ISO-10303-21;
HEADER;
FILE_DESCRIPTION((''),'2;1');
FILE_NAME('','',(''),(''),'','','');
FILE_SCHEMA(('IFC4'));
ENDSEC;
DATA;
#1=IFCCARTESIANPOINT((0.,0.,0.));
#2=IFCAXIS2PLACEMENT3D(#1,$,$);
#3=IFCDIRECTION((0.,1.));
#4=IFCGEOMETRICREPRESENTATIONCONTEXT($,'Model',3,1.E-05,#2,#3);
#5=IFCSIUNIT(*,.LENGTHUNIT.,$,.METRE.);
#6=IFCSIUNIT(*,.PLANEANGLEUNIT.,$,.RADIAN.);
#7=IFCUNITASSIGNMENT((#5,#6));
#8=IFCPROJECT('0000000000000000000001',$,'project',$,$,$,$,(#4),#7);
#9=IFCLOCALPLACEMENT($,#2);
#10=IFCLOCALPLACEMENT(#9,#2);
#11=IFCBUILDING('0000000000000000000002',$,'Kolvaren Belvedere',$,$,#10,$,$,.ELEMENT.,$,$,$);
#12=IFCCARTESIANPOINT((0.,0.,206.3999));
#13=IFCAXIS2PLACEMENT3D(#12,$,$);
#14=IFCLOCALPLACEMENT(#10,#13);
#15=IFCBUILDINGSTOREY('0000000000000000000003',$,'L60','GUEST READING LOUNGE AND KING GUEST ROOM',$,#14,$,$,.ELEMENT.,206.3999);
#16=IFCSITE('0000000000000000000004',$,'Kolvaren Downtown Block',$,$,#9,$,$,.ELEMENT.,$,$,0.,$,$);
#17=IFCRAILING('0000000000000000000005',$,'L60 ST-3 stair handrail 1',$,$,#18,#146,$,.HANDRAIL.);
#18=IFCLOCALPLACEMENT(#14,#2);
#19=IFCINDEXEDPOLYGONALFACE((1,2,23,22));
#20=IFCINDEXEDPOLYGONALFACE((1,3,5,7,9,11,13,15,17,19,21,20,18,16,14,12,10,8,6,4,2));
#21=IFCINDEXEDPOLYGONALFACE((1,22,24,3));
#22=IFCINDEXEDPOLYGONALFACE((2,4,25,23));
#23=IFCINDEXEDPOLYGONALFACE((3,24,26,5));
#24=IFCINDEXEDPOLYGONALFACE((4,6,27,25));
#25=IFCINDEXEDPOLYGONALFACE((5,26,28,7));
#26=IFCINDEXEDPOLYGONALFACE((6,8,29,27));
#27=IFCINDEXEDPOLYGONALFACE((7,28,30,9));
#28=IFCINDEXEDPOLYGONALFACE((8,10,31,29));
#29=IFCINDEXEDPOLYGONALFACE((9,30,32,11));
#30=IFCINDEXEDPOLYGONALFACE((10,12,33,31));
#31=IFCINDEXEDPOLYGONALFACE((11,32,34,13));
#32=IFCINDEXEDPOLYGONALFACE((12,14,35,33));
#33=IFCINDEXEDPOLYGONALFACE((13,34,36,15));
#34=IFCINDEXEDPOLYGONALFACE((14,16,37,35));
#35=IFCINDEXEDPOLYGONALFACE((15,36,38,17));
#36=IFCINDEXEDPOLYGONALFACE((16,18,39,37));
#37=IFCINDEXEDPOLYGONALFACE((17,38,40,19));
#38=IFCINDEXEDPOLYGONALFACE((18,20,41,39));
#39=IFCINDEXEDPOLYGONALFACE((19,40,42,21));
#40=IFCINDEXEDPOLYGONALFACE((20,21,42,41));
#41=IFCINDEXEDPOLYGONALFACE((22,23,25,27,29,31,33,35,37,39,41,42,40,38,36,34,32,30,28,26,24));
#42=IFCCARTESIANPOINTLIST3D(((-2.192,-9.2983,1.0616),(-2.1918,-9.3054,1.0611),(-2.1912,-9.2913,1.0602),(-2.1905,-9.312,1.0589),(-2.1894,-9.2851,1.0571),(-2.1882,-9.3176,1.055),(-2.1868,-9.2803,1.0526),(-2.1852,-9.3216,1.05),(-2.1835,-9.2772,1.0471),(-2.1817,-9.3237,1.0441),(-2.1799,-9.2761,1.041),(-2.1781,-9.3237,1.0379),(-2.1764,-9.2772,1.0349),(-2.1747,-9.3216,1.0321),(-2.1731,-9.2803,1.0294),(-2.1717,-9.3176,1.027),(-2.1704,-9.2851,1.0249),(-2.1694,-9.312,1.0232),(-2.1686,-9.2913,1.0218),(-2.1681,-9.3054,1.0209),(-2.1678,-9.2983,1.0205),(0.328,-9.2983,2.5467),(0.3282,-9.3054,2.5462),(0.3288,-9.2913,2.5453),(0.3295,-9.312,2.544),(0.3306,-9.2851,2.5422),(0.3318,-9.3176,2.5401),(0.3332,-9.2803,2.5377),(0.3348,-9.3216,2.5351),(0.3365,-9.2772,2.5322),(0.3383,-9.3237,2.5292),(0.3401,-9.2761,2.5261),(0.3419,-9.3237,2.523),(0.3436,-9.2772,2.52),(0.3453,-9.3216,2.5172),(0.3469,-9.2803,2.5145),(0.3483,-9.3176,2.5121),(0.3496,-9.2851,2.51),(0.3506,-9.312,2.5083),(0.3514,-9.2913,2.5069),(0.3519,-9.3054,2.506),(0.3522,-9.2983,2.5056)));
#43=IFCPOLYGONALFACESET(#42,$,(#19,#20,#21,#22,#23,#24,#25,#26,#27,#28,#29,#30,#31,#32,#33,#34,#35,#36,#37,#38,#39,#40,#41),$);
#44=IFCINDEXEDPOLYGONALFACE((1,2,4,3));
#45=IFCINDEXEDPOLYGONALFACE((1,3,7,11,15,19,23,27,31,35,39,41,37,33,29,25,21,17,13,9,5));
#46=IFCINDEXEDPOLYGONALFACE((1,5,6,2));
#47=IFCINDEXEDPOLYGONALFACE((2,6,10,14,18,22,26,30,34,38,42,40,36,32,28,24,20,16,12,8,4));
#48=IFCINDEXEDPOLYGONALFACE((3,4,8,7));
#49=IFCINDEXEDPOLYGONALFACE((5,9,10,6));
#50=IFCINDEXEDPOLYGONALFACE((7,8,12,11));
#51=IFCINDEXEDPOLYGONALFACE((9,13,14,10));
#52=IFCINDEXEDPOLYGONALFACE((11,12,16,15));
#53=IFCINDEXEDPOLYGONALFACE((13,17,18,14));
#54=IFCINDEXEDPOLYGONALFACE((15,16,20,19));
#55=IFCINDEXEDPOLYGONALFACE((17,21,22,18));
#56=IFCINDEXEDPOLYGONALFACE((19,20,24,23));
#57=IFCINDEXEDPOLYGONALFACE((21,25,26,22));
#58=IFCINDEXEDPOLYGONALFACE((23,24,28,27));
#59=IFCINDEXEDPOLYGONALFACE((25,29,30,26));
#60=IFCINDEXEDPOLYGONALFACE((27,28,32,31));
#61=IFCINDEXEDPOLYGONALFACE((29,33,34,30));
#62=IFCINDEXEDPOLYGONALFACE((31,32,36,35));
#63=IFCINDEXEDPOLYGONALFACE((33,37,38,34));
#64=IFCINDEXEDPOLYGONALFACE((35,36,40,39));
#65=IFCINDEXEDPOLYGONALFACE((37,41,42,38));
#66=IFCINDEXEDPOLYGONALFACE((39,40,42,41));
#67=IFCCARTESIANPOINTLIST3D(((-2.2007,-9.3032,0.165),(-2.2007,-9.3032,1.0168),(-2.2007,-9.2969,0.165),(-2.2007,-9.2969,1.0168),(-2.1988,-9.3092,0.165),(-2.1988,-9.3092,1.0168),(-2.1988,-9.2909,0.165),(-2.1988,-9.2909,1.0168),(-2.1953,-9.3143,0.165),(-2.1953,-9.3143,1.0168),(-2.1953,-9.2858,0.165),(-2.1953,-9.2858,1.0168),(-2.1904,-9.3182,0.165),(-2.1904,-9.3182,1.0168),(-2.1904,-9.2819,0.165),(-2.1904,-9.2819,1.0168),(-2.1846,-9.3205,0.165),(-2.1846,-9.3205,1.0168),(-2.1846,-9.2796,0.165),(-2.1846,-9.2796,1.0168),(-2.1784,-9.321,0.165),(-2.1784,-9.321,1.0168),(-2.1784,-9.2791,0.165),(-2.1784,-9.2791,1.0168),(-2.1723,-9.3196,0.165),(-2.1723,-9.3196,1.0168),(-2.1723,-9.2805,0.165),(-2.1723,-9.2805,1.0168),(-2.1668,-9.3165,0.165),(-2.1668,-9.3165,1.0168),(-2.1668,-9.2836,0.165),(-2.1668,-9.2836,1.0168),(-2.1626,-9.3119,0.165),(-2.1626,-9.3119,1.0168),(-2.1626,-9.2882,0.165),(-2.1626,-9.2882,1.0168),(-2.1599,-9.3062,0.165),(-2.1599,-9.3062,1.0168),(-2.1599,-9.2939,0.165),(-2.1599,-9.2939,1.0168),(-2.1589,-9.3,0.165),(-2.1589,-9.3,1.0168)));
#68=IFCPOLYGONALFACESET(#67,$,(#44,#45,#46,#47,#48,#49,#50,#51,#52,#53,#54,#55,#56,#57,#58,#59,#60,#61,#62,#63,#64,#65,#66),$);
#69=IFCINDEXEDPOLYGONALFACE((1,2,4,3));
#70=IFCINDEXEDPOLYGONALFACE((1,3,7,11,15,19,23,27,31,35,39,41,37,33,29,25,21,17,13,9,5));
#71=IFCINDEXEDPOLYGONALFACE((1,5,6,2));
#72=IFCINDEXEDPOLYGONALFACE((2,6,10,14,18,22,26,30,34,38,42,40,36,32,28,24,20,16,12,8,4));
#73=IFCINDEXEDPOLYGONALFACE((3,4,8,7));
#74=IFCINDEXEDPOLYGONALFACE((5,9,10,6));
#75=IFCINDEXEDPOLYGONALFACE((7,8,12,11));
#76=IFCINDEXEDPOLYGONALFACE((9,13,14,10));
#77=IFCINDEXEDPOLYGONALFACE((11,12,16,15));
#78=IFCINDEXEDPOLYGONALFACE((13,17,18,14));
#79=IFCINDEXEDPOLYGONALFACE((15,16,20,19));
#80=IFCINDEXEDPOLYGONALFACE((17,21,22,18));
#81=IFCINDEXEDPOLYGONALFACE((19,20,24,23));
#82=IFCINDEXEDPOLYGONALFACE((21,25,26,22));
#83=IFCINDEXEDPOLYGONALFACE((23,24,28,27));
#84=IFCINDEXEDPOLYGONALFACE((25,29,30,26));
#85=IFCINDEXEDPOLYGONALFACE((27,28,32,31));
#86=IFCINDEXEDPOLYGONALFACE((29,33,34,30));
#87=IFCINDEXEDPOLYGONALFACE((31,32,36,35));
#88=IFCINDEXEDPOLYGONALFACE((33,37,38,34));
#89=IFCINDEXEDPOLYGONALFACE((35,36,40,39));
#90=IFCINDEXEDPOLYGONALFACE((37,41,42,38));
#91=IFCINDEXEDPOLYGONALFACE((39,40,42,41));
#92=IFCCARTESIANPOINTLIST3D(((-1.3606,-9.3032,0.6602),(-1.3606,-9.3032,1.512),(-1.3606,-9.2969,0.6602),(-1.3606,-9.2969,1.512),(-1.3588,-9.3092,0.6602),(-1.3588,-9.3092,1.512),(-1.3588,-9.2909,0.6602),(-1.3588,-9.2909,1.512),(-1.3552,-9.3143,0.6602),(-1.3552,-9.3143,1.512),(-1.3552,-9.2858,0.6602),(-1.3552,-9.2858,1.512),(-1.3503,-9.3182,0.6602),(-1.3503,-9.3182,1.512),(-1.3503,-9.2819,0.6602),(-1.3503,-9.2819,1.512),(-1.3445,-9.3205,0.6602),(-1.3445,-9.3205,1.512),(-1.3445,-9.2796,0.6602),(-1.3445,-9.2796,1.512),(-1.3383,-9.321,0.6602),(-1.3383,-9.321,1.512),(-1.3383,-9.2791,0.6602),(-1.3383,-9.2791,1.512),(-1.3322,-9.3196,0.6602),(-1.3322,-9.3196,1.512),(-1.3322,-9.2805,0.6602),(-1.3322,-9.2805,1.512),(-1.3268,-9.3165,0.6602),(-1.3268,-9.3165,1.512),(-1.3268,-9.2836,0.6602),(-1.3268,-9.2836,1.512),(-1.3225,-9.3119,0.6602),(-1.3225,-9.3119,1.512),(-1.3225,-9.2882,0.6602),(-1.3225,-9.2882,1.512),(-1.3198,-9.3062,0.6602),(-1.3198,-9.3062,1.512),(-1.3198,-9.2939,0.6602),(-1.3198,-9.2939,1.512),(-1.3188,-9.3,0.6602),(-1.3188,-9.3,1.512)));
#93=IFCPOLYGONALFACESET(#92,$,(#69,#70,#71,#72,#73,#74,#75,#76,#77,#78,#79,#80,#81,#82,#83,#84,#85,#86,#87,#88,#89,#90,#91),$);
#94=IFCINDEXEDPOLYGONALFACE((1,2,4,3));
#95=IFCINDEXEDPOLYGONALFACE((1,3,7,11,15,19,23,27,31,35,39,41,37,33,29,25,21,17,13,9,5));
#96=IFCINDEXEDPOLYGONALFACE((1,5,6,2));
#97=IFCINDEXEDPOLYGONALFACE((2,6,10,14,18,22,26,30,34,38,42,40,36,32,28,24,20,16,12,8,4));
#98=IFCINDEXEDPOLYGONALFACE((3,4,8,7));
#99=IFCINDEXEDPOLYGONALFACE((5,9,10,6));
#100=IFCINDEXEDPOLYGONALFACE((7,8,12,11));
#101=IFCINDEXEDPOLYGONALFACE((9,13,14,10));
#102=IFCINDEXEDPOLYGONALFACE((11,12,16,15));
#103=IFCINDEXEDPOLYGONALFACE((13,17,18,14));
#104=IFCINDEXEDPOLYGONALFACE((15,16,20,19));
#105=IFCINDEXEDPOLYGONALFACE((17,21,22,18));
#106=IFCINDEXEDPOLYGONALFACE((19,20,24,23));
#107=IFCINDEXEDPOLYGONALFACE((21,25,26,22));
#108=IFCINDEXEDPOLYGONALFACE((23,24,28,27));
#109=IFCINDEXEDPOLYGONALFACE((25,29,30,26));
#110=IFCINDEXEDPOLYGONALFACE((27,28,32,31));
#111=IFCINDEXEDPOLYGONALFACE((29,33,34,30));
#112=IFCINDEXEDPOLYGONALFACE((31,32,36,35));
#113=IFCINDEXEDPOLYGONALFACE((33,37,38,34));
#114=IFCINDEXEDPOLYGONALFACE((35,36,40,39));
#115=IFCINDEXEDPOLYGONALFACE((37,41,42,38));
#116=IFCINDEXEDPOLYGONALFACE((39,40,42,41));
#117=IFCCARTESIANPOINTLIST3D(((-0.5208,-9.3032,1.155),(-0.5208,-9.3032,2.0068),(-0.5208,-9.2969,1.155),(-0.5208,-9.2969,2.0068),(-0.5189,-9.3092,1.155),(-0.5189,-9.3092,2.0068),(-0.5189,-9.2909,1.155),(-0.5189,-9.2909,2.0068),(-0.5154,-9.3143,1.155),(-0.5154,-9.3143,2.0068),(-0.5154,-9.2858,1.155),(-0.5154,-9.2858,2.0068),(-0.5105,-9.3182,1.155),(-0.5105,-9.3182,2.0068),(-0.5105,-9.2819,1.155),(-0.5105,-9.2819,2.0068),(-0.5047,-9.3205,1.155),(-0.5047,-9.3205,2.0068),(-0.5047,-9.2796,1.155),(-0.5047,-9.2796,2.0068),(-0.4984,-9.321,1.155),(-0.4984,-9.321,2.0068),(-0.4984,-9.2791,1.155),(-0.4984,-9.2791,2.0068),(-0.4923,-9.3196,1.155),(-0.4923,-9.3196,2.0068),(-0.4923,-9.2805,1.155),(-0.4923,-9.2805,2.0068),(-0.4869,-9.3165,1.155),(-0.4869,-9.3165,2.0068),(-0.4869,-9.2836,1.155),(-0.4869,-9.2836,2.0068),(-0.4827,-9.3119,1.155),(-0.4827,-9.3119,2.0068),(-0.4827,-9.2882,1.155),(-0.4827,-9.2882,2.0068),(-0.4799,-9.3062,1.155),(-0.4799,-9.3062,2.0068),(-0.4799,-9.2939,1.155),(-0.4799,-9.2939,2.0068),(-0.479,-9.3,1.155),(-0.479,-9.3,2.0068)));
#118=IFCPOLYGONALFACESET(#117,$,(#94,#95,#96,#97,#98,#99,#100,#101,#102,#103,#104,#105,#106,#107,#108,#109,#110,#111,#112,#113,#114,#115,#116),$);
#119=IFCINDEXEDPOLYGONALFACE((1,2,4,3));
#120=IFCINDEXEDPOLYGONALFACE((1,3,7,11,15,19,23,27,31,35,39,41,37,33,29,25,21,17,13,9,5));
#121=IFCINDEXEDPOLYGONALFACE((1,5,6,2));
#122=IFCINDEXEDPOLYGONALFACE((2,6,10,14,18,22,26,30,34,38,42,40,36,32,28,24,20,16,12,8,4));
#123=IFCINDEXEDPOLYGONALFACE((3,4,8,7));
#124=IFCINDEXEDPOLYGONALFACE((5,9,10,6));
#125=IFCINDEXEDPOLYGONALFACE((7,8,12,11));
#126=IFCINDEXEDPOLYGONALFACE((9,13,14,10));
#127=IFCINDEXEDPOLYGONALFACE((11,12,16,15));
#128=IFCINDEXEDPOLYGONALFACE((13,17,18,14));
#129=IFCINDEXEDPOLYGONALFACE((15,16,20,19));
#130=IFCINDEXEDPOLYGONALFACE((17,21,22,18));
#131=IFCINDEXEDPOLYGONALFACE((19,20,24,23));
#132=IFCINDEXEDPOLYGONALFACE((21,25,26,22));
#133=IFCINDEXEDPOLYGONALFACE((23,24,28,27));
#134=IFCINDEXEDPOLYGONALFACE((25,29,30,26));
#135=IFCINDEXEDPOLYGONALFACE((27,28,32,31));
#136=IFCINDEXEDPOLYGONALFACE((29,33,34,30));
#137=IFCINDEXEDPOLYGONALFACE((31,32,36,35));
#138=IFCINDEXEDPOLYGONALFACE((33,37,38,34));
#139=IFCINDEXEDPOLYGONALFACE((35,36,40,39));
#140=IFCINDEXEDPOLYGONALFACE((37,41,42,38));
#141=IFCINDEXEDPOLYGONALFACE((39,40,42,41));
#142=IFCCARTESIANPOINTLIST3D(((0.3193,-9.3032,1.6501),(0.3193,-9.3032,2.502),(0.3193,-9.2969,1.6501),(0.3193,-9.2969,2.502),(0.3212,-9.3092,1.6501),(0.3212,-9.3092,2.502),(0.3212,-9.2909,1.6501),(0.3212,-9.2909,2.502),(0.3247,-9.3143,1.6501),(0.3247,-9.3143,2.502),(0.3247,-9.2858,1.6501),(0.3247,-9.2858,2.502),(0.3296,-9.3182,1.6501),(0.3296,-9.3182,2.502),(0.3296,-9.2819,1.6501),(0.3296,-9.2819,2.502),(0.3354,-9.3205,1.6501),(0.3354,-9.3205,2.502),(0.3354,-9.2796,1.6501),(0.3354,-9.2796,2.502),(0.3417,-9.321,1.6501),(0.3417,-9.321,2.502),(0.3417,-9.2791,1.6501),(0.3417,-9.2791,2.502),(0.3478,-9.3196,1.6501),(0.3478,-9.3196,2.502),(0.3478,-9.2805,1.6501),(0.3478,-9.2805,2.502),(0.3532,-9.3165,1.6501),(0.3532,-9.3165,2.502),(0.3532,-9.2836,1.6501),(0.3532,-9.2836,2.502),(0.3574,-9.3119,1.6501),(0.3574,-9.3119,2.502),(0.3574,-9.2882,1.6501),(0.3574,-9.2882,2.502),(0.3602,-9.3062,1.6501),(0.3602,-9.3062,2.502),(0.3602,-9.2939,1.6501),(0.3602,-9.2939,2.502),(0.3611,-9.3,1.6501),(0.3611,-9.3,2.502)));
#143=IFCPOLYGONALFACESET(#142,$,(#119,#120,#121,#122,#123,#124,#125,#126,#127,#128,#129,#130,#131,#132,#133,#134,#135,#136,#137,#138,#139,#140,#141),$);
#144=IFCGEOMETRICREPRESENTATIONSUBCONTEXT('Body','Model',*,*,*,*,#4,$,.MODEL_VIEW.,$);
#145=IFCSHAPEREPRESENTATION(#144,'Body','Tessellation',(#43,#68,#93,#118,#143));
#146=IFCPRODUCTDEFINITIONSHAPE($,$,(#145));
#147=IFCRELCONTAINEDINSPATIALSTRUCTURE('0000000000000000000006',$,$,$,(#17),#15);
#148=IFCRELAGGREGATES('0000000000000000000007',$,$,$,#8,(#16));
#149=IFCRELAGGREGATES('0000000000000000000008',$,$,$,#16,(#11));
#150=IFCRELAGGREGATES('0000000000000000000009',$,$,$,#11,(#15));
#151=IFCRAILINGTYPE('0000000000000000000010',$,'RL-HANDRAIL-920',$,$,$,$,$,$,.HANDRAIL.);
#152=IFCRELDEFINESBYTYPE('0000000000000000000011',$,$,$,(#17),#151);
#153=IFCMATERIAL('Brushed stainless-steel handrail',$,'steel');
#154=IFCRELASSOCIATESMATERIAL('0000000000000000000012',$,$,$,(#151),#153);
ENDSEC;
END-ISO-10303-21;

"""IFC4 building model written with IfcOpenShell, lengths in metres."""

from ifc_helpers import new_model, si_unit, direction, frame, origin, origin_2d, place, context, subcontext, project, spatial, circle, extrude, material, type_object, element, save


model = new_model("IFC4")

# Units and contexts
model_context = context("Model", 3, precision=1e-05, world=origin(), true_north=direction((0.0, 1.0)))
body_context = subcontext(model_context, "Body", "Model", "MODEL_VIEW")
ifc_project = project(units=[si_unit("LENGTHUNIT", "METRE"), si_unit("PLANEANGLEUNIT", "RADIAN")], contexts=[model_context])

# Site, building, storey
site_placement = place(None, origin())
site = spatial("IfcSite", under=ifc_project, at=site_placement, Name="Kolvaren Downtown Block", CompositionType="ELEMENT", RefElevation=0.0)
building_placement = place(site_placement, origin())
building = spatial("IfcBuilding", under=site, at=building_placement, Name="Kolvaren Belvedere", CompositionType="ELEMENT")
storey_placement = place(building_placement, frame((0.0, 0.0, 206.3999)))
storey = spatial("IfcBuildingStorey", under=building, at=storey_placement, Name="L60", Description="GUEST READING LOUNGE AND KING GUEST ROOM", CompositionType="ELEMENT", Elevation=206.3999)

# Railing
ifc_material_1 = material(Name="Brushed stainless-steel handrail", Category="steel")
railing_type_1 = type_object("IfcRailingType", Name="RL-HANDRAIL-920", PredefinedType="HANDRAIL", material=ifc_material_1)
railing_1_placement = place(storey_placement, frame((-2.1799, -9.3, 0.165)))
element("IfcRailing", 1, at=railing_1_placement, inside=storey, type_object=railing_type_1, Name="L60 ST-3 stair handrail 1", PredefinedType="HANDRAIL", context=body_context, shape_type="SweptSolid", body=[
    extrude(circle(Radius=0.0239, at=origin_2d()), frame((0.0, 0.0, 0.876), z_axis=(0.861524, 0.0, 0.507717), x_axis=(0.0, 1.0, 0.0)), (0.0, 0.0, 1.0), 2.925),
    extrude(circle(Radius=0.021, at=origin_2d()), origin(), (0.0, 0.0, 1.0), 0.8518),
    extrude(circle(Radius=0.021, at=origin_2d()), frame((0.8401, 0.0, 0.4951)), (0.0, 0.0, 1.0), 0.8518),
    extrude(circle(Radius=0.021, at=origin_2d()), frame((1.6799, 0.0, 0.99)), (0.0, 0.0, 1.0), 0.8518),
    extrude(circle(Radius=0.021, at=origin_2d()), frame((2.52, 0.0, 1.4851)), (0.0, 0.0, 1.0), 0.8518),
])

save(model, "model.ifc")
